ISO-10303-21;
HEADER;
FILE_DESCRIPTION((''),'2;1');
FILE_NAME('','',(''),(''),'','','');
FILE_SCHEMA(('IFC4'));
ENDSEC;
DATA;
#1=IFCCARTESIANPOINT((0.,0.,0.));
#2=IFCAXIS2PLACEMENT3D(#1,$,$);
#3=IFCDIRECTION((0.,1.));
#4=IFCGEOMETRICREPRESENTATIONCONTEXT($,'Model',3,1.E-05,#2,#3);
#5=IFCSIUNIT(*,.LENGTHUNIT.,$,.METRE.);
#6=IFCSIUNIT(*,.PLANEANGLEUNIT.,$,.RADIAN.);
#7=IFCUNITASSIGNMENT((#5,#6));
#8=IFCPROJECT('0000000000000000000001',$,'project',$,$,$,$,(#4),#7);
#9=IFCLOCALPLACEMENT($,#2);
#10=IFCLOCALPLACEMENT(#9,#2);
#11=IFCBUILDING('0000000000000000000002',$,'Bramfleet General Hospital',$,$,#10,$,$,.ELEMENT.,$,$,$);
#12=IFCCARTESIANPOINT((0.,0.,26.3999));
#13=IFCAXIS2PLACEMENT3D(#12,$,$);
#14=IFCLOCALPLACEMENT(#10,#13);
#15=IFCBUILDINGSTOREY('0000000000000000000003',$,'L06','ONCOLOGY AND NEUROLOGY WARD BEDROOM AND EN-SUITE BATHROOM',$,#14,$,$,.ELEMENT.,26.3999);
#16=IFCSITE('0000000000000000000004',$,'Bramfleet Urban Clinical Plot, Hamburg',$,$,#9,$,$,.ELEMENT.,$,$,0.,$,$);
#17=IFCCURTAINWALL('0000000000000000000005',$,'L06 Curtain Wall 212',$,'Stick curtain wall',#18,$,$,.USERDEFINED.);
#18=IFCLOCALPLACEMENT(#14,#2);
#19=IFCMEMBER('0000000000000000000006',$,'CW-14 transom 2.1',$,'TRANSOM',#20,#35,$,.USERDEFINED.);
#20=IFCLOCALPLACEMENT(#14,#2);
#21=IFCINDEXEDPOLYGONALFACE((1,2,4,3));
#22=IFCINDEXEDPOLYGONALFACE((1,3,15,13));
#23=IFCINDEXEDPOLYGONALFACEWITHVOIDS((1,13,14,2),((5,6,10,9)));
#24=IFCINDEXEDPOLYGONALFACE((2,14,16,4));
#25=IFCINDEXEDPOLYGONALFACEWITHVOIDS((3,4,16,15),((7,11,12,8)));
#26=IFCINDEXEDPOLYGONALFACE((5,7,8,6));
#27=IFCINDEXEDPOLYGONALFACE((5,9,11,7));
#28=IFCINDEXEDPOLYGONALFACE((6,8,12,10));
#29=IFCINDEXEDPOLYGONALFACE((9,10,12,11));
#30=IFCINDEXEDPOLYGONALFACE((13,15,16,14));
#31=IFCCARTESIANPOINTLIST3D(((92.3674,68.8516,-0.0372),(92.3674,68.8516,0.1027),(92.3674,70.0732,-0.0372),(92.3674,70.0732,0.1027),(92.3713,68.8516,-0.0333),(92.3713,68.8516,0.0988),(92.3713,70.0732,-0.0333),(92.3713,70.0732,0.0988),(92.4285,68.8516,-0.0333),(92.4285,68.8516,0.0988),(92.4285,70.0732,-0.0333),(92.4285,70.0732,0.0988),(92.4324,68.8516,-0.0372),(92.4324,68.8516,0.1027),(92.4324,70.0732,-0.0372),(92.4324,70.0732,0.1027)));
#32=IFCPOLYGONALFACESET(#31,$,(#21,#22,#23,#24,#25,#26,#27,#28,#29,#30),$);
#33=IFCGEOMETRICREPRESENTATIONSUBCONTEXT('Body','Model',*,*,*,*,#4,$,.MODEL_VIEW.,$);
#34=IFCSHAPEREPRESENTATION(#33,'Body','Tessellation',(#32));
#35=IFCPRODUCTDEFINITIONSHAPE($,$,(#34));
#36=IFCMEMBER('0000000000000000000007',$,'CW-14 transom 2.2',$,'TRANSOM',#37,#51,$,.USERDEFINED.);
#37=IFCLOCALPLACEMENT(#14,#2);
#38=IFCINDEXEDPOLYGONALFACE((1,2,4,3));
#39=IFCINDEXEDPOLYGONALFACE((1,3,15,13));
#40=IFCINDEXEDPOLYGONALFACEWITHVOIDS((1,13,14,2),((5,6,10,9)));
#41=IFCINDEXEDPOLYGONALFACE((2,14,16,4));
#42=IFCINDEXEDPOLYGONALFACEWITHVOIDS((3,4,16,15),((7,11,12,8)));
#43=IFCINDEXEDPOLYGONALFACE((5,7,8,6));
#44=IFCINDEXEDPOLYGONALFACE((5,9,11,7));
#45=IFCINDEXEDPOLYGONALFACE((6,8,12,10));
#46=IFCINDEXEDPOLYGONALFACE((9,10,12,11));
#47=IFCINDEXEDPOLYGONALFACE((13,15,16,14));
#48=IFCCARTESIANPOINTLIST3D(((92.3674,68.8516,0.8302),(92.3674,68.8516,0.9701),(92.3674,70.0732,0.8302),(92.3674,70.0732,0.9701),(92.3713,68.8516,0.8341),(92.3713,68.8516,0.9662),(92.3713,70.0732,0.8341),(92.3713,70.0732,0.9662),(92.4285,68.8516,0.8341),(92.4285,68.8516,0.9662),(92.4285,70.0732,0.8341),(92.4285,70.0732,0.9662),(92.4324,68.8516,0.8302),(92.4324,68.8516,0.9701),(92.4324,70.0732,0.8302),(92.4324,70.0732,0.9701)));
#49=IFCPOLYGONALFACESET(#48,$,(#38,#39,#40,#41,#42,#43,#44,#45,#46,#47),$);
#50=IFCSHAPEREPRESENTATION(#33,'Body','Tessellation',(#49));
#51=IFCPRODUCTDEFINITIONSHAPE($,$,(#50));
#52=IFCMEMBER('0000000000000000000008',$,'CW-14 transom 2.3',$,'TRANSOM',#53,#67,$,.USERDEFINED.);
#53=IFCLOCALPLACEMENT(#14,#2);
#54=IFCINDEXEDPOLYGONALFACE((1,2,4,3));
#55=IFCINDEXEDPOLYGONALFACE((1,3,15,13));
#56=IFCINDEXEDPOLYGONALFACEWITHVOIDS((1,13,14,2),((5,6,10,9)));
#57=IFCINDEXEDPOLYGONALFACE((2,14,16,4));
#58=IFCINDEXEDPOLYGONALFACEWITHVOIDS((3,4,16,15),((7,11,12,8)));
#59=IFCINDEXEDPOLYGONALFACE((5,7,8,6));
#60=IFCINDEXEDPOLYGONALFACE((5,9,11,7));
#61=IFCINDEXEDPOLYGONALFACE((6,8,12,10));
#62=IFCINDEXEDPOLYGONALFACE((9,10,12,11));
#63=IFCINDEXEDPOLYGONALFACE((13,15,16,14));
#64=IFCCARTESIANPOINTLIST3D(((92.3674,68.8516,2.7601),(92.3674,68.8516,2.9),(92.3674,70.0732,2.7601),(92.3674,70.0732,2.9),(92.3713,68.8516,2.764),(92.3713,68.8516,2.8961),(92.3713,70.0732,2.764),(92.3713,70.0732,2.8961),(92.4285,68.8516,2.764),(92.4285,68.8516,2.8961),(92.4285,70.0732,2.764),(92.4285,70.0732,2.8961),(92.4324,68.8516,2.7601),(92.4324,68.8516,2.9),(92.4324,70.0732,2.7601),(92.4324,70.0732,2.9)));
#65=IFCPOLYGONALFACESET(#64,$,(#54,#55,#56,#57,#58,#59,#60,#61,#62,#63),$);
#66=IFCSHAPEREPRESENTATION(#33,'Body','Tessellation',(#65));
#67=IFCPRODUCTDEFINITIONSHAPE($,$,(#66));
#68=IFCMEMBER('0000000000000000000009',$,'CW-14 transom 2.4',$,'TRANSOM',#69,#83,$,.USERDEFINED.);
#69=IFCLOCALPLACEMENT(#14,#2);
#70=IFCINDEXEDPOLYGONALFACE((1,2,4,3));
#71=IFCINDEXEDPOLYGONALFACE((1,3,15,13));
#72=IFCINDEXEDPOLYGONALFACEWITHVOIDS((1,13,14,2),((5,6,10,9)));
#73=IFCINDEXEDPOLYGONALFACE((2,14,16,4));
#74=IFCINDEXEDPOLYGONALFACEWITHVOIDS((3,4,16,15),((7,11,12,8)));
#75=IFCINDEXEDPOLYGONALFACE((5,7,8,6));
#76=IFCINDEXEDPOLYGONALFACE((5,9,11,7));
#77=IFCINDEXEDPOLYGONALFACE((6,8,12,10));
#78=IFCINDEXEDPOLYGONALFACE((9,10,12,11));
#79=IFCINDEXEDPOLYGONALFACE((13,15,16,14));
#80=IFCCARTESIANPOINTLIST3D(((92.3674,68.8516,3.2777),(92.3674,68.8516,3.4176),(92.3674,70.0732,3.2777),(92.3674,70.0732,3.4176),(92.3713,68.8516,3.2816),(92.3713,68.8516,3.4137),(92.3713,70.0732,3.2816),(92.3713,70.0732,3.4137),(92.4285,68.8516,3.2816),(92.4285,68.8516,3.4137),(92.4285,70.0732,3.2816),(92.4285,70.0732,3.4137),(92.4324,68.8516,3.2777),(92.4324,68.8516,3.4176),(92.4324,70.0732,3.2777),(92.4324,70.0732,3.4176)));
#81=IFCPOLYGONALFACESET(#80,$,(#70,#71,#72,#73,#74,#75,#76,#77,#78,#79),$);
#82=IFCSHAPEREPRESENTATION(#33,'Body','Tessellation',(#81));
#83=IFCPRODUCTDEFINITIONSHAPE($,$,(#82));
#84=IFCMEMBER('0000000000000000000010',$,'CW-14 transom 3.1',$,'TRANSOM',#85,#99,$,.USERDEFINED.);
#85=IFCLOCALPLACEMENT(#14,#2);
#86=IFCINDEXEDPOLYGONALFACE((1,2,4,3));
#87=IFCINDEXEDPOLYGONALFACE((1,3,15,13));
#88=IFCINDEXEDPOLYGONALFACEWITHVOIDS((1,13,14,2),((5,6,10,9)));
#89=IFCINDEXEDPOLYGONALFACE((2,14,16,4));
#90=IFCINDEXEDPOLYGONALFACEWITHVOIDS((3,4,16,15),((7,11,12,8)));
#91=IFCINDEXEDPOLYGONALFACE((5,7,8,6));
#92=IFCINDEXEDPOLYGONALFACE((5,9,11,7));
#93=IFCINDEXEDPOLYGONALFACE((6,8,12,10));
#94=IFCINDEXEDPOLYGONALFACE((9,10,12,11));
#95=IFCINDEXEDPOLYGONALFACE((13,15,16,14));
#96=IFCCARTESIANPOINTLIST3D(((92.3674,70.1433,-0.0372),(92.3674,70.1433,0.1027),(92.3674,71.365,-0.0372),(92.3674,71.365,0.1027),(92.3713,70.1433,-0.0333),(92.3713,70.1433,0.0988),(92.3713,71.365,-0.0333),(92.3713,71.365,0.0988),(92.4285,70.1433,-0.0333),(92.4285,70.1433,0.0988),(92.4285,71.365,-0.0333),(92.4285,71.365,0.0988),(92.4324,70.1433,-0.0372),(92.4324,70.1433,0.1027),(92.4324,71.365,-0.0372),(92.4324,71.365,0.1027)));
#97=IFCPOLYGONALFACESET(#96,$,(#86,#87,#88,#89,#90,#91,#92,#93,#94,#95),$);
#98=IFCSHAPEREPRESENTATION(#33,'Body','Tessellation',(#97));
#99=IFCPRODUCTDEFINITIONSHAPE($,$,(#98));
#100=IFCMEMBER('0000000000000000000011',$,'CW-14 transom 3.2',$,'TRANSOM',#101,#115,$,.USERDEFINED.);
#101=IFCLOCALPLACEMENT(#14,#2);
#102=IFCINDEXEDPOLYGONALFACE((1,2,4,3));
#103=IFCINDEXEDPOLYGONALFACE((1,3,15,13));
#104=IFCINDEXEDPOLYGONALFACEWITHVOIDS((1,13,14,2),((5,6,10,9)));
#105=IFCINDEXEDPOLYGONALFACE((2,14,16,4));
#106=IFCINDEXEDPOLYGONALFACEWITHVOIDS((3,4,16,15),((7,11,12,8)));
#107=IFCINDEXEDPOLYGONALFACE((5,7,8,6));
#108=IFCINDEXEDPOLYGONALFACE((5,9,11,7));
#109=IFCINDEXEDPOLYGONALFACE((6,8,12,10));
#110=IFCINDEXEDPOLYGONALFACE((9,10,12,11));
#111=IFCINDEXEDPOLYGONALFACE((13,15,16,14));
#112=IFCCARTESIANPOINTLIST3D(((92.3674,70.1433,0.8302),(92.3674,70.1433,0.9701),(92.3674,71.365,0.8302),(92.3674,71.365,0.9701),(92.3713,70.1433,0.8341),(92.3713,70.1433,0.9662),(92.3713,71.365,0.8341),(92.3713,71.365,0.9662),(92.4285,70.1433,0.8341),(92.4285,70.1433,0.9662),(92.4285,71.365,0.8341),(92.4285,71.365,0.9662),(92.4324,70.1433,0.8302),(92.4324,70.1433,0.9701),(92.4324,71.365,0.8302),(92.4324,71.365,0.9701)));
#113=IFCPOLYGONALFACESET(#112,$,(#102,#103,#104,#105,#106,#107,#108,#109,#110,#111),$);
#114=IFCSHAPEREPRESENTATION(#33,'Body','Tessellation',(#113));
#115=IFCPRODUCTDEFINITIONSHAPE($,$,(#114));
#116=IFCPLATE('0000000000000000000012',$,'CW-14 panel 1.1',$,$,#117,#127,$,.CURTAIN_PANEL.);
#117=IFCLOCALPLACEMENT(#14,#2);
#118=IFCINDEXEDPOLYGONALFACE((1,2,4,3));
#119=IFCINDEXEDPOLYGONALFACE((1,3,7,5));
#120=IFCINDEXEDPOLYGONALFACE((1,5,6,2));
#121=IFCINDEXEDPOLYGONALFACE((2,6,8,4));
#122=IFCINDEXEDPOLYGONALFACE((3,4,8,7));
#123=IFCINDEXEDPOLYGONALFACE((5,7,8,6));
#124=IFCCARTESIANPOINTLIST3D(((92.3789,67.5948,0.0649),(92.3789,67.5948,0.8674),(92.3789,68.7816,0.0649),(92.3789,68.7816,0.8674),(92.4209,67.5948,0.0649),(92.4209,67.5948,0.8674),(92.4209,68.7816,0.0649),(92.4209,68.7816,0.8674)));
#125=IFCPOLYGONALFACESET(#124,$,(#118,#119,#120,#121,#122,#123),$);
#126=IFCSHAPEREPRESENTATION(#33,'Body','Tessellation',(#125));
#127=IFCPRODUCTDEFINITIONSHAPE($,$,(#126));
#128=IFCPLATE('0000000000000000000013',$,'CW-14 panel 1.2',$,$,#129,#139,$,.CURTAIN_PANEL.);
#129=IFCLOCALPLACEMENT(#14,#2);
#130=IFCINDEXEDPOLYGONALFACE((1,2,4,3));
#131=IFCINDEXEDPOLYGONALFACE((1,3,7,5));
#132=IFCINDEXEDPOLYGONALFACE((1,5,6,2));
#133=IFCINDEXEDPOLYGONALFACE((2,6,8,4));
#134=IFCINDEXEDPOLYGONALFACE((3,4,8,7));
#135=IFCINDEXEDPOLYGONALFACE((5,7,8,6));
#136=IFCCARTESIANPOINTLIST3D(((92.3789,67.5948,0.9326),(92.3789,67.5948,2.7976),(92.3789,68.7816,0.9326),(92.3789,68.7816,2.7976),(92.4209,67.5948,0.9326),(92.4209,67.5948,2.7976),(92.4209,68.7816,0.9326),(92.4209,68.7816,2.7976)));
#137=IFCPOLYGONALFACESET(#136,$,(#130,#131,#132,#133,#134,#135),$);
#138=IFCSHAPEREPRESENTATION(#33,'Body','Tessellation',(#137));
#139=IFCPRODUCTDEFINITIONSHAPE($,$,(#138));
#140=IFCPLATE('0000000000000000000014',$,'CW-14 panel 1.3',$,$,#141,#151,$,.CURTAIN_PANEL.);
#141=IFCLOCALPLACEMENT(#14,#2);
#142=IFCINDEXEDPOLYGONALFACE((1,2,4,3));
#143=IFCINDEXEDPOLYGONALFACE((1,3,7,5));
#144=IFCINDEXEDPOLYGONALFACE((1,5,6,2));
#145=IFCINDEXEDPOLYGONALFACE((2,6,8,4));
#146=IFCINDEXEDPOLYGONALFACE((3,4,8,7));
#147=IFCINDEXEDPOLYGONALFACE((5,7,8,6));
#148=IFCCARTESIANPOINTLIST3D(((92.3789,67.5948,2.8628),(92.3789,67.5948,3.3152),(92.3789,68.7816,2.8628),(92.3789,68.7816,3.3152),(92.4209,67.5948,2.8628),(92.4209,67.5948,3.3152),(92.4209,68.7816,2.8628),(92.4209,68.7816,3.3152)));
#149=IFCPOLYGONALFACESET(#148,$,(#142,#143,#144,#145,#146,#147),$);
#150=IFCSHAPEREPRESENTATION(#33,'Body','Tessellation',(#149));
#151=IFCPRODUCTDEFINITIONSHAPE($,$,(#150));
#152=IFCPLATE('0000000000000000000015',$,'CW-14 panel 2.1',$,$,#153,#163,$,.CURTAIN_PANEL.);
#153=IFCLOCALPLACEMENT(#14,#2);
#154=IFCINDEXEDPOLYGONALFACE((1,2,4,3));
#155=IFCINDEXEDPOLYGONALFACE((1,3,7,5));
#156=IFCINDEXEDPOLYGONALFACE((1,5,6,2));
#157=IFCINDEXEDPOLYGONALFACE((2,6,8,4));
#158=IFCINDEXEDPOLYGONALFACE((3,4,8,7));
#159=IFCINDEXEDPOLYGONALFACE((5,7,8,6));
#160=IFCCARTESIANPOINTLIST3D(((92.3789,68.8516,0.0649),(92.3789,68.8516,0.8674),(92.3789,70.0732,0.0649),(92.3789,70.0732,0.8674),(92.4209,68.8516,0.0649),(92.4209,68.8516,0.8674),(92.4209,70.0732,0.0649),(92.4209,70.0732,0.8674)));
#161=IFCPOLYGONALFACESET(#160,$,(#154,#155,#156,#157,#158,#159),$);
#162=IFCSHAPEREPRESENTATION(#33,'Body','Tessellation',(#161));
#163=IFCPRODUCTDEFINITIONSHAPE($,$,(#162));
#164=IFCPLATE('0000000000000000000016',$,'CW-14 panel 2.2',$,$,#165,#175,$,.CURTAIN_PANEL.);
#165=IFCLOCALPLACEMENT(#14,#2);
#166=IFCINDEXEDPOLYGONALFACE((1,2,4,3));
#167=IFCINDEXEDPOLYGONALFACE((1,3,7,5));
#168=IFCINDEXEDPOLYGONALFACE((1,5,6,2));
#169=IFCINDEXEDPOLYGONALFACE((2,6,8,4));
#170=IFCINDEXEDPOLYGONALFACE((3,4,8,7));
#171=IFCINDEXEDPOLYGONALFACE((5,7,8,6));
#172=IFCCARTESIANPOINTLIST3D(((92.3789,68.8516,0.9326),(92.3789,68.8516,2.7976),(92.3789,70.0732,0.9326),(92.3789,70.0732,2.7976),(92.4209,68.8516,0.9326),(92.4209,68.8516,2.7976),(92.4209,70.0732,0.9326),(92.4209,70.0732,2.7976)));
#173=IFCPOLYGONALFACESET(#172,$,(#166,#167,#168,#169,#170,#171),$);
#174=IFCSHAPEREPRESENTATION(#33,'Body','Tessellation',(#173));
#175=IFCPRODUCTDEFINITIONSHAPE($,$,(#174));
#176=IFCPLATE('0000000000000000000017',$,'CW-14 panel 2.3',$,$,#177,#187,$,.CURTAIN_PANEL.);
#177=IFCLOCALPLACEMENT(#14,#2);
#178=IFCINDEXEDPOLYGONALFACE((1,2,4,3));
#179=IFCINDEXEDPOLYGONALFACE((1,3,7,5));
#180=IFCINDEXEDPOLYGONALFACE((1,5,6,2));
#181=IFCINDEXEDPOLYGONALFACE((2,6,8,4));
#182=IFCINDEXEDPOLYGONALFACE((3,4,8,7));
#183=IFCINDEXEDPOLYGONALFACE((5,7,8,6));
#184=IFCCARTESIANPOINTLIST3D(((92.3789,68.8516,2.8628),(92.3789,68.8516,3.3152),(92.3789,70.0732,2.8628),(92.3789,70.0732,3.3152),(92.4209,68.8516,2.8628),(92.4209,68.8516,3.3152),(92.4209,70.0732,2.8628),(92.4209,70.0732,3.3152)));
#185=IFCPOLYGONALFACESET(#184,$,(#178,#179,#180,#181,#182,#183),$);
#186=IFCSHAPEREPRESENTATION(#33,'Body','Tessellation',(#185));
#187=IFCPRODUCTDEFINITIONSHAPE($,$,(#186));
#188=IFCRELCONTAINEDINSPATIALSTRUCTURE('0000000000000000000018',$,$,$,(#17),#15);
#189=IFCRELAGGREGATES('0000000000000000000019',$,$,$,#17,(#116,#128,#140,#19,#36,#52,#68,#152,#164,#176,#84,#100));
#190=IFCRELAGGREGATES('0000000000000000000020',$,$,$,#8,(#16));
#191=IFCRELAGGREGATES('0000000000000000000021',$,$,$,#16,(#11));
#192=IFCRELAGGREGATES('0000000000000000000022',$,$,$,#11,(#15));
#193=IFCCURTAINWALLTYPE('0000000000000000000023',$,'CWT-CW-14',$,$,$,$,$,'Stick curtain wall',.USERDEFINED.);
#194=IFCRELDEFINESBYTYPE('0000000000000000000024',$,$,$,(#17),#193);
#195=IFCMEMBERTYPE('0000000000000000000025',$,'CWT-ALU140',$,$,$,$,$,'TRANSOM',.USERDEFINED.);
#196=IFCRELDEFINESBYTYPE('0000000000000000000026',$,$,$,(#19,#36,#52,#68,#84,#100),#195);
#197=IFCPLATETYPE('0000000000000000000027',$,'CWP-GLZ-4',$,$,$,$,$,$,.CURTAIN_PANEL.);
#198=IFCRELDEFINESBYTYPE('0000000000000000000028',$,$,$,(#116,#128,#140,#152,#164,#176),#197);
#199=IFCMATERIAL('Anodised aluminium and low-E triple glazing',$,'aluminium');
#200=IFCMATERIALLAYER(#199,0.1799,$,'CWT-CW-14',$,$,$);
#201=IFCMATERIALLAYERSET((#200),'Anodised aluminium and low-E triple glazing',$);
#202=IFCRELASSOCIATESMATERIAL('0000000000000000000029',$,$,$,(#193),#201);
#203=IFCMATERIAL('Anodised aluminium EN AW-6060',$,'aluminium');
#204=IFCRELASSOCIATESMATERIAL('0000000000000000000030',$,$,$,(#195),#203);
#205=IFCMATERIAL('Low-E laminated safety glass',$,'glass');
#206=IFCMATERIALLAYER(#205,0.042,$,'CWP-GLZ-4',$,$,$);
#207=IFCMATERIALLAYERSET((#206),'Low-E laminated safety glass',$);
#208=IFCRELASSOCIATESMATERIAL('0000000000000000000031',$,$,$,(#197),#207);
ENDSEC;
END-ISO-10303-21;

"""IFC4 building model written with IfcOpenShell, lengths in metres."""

from ifc_helpers import new_model, si_unit, direction, frame, origin, origin_2d, place, context, subcontext, project, spatial, rectangle, hollow_rectangle, extrude, material, layer, layer_set, material_profile, profile_set, type_object, element, aggregate, save


model = new_model("IFC4")

# Units and contexts
model_context = context("Model", 3, precision=1e-05, world=origin(), true_north=direction((0.0, 1.0)))
body_context = subcontext(model_context, "Body", "Model", "MODEL_VIEW")
ifc_project = project(units=[si_unit("LENGTHUNIT", "METRE"), si_unit("PLANEANGLEUNIT", "RADIAN")], contexts=[model_context])

# Site, building, storey
site_placement = place(None, origin())
site = spatial("IfcSite", under=ifc_project, at=site_placement, Name="Bramfleet Urban Clinical Plot, Hamburg", CompositionType="ELEMENT", RefElevation=0.0)
building_placement = place(site_placement, origin())
building = spatial("IfcBuilding", under=site, at=building_placement, Name="Bramfleet General Hospital", CompositionType="ELEMENT")
storey_placement = place(building_placement, frame((0.0, 0.0, 26.3999)))
storey = spatial("IfcBuildingStorey", under=building, at=storey_placement, Name="L06", Description="ONCOLOGY AND NEUROLOGY WARD BEDROOM AND EN-SUITE BATHROOM", CompositionType="ELEMENT", Elevation=26.3999)

# Curtain wall, members, plates
ifc_material_1 = material(Name="Anodised aluminium and low-E triple glazing", Category="aluminium")
ifc_layer_1 = layer(ifc_material_1, 0.1799, Name="CWT-CW-14")
ifc_layer_set_1 = layer_set([ifc_layer_1], Name="Anodised aluminium and low-E triple glazing")
curtain_wall_type = type_object("IfcCurtainWallType", Name="CWT-CW-14", ElementType="Stick curtain wall", PredefinedType="USERDEFINED", material=ifc_layer_set_1)
curtain_wall_placement = place(storey_placement, origin())
curtain_wall = element("IfcCurtainWall", 1, at=curtain_wall_placement, inside=storey, type_object=curtain_wall_type, Name="L06 Curtain Wall 212", ObjectType="Stick curtain wall", PredefinedType="USERDEFINED")
ifc_material_2 = material(Name="Anodised aluminium EN AW-6060", Category="aluminium")
ifc_material_profile_1 = material_profile(ifc_material_2, hollow_rectangle(XDim=0.0649, YDim=0.1399, WallThickness=0.0039, at=origin_2d()), Name="ALU 140x65x4.0")
ifc_profile_set_1 = profile_set([ifc_material_profile_1], Name="Anodised aluminium EN AW-6060")
member_type_1 = type_object("IfcMemberType", Name="CWT-ALU140", ElementType="TRANSOM", PredefinedType="USERDEFINED", material=ifc_profile_set_1)
member_1_placement = place(storey_placement, frame((92.3999, 68.8516, 0.0327), z_axis=(0.0, 1.0, 0.0), x_axis=(-1.0, 0.0, 0.0)))
member_1 = element("IfcMember", 2, at=member_1_placement, type_object=member_type_1, Name="CW-14 transom 2.1", ObjectType="TRANSOM", PredefinedType="USERDEFINED", context=body_context, shape_type="SweptSolid", body=[
    extrude(hollow_rectangle(XDim=0.0649, YDim=0.1399, WallThickness=0.0039, at=origin_2d()), origin(), (0.0, 0.0, 1.0), 1.2217),
])
member_2_placement = place(storey_placement, frame((92.3999, 68.8516, 0.9001), z_axis=(0.0, 1.0, 0.0), x_axis=(-1.0, 0.0, 0.0)))
member_2 = element("IfcMember", 3, at=member_2_placement, type_object=member_type_1, Name="CW-14 transom 2.2", ObjectType="TRANSOM", PredefinedType="USERDEFINED", context=body_context, shape_type="SweptSolid", body=[
    extrude(hollow_rectangle(XDim=0.0649, YDim=0.1399, WallThickness=0.0039, at=origin_2d()), origin(), (0.0, 0.0, 1.0), 1.2217),
])
member_3_placement = place(storey_placement, frame((92.3999, 68.8516, 2.8301), z_axis=(0.0, 1.0, 0.0), x_axis=(-1.0, 0.0, 0.0)))
member_3 = element("IfcMember", 4, at=member_3_placement, type_object=member_type_1, Name="CW-14 transom 2.3", ObjectType="TRANSOM", PredefinedType="USERDEFINED", context=body_context, shape_type="SweptSolid", body=[
    extrude(hollow_rectangle(XDim=0.0649, YDim=0.1399, WallThickness=0.0039, at=origin_2d()), origin(), (0.0, 0.0, 1.0), 1.2217),
])
member_4_placement = place(storey_placement, frame((92.3999, 68.8516, 3.3477), z_axis=(0.0, 1.0, 0.0), x_axis=(-1.0, 0.0, 0.0)))
member_4 = element("IfcMember", 5, at=member_4_placement, type_object=member_type_1, Name="CW-14 transom 2.4", ObjectType="TRANSOM", PredefinedType="USERDEFINED", context=body_context, shape_type="SweptSolid", body=[
    extrude(hollow_rectangle(XDim=0.0649, YDim=0.1399, WallThickness=0.0039, at=origin_2d()), origin(), (0.0, 0.0, 1.0), 1.2217),
])
member_5_placement = place(storey_placement, frame((92.3999, 70.1433, 0.0327), z_axis=(0.0, 1.0, 0.0), x_axis=(-1.0, 0.0, 0.0)))
member_5 = element("IfcMember", 6, at=member_5_placement, type_object=member_type_1, Name="CW-14 transom 3.1", ObjectType="TRANSOM", PredefinedType="USERDEFINED", context=body_context, shape_type="SweptSolid", body=[
    extrude(hollow_rectangle(XDim=0.0649, YDim=0.1399, WallThickness=0.0039, at=origin_2d()), origin(), (0.0, 0.0, 1.0), 1.2217),
])
member_6_placement = place(storey_placement, frame((92.3999, 70.1433, 0.9001), z_axis=(0.0, 1.0, 0.0), x_axis=(-1.0, 0.0, 0.0)))
member_6 = element("IfcMember", 7, at=member_6_placement, type_object=member_type_1, Name="CW-14 transom 3.2", ObjectType="TRANSOM", PredefinedType="USERDEFINED", context=body_context, shape_type="SweptSolid", body=[
    extrude(hollow_rectangle(XDim=0.0649, YDim=0.1399, WallThickness=0.0039, at=origin_2d()), origin(), (0.0, 0.0, 1.0), 1.2217),
])
ifc_material_3 = material(Name="Low-E laminated safety glass", Category="glass")
ifc_layer_2 = layer(ifc_material_3, 0.042, Name="CWP-GLZ-4")
ifc_layer_set_2 = layer_set([ifc_layer_2], Name="Low-E laminated safety glass")
plate_type = type_object("IfcPlateType", Name="CWP-GLZ-4", PredefinedType="CURTAIN_PANEL", material=ifc_layer_set_2)
plate_1_placement = place(storey_placement, frame((92.3999, 68.1882, 0.0649), z_axis=(0.0, 0.0, 1.0), x_axis=(0.0, 1.0, 0.0)))
plate_1 = element("IfcPlate", 8, at=plate_1_placement, type_object=plate_type, Name="CW-14 panel 1.1", PredefinedType="CURTAIN_PANEL", context=body_context, shape_type="SweptSolid", body=[
    extrude(rectangle(XDim=1.1868, YDim=0.042, at=origin_2d()), origin(), (0.0, 0.0, 1.0), 0.8025),
])
plate_2_placement = place(storey_placement, frame((92.3999, 68.1882, 0.9326), z_axis=(0.0, 0.0, 1.0), x_axis=(0.0, 1.0, 0.0)))
plate_2 = element("IfcPlate", 9, at=plate_2_placement, type_object=plate_type, Name="CW-14 panel 1.2", PredefinedType="CURTAIN_PANEL", context=body_context, shape_type="SweptSolid", body=[
    extrude(rectangle(XDim=1.1868, YDim=0.042, at=origin_2d()), origin(), (0.0, 0.0, 1.0), 1.865),
])
plate_3_placement = place(storey_placement, frame((92.3999, 68.1882, 2.8628), z_axis=(0.0, 0.0, 1.0), x_axis=(0.0, 1.0, 0.0)))
plate_3 = element("IfcPlate", 10, at=plate_3_placement, type_object=plate_type, Name="CW-14 panel 1.3", PredefinedType="CURTAIN_PANEL", context=body_context, shape_type="SweptSolid", body=[
    extrude(rectangle(XDim=1.1868, YDim=0.042, at=origin_2d()), origin(), (0.0, 0.0, 1.0), 0.4524),
])
plate_4_placement = place(storey_placement, frame((92.3999, 69.4624, 0.0649), z_axis=(0.0, 0.0, 1.0), x_axis=(0.0, 1.0, 0.0)))
plate_4 = element("IfcPlate", 11, at=plate_4_placement, type_object=plate_type, Name="CW-14 panel 2.1", PredefinedType="CURTAIN_PANEL", context=body_context, shape_type="SweptSolid", body=[
    extrude(rectangle(XDim=1.2217, YDim=0.042, at=origin_2d()), origin(), (0.0, 0.0, 1.0), 0.8025),
])
plate_5_placement = place(storey_placement, frame((92.3999, 69.4624, 0.9326), z_axis=(0.0, 0.0, 1.0), x_axis=(0.0, 1.0, 0.0)))
plate_5 = element("IfcPlate", 12, at=plate_5_placement, type_object=plate_type, Name="CW-14 panel 2.2", PredefinedType="CURTAIN_PANEL", context=body_context, shape_type="SweptSolid", body=[
    extrude(rectangle(XDim=1.2217, YDim=0.042, at=origin_2d()), origin(), (0.0, 0.0, 1.0), 1.865),
])
plate_6_placement = place(storey_placement, frame((92.3999, 69.4624, 2.8628), z_axis=(0.0, 0.0, 1.0), x_axis=(0.0, 1.0, 0.0)))
plate_6 = element("IfcPlate", 13, at=plate_6_placement, type_object=plate_type, Name="CW-14 panel 2.3", PredefinedType="CURTAIN_PANEL", context=body_context, shape_type="SweptSolid", body=[
    extrude(rectangle(XDim=1.2217, YDim=0.042, at=origin_2d()), origin(), (0.0, 0.0, 1.0), 0.4524),
])
aggregate(curtain_wall, [plate_1, plate_2, plate_3, member_1, member_2, member_3, member_4, plate_4, plate_5, plate_6, member_5, member_6])

save(model, "model.ifc")
